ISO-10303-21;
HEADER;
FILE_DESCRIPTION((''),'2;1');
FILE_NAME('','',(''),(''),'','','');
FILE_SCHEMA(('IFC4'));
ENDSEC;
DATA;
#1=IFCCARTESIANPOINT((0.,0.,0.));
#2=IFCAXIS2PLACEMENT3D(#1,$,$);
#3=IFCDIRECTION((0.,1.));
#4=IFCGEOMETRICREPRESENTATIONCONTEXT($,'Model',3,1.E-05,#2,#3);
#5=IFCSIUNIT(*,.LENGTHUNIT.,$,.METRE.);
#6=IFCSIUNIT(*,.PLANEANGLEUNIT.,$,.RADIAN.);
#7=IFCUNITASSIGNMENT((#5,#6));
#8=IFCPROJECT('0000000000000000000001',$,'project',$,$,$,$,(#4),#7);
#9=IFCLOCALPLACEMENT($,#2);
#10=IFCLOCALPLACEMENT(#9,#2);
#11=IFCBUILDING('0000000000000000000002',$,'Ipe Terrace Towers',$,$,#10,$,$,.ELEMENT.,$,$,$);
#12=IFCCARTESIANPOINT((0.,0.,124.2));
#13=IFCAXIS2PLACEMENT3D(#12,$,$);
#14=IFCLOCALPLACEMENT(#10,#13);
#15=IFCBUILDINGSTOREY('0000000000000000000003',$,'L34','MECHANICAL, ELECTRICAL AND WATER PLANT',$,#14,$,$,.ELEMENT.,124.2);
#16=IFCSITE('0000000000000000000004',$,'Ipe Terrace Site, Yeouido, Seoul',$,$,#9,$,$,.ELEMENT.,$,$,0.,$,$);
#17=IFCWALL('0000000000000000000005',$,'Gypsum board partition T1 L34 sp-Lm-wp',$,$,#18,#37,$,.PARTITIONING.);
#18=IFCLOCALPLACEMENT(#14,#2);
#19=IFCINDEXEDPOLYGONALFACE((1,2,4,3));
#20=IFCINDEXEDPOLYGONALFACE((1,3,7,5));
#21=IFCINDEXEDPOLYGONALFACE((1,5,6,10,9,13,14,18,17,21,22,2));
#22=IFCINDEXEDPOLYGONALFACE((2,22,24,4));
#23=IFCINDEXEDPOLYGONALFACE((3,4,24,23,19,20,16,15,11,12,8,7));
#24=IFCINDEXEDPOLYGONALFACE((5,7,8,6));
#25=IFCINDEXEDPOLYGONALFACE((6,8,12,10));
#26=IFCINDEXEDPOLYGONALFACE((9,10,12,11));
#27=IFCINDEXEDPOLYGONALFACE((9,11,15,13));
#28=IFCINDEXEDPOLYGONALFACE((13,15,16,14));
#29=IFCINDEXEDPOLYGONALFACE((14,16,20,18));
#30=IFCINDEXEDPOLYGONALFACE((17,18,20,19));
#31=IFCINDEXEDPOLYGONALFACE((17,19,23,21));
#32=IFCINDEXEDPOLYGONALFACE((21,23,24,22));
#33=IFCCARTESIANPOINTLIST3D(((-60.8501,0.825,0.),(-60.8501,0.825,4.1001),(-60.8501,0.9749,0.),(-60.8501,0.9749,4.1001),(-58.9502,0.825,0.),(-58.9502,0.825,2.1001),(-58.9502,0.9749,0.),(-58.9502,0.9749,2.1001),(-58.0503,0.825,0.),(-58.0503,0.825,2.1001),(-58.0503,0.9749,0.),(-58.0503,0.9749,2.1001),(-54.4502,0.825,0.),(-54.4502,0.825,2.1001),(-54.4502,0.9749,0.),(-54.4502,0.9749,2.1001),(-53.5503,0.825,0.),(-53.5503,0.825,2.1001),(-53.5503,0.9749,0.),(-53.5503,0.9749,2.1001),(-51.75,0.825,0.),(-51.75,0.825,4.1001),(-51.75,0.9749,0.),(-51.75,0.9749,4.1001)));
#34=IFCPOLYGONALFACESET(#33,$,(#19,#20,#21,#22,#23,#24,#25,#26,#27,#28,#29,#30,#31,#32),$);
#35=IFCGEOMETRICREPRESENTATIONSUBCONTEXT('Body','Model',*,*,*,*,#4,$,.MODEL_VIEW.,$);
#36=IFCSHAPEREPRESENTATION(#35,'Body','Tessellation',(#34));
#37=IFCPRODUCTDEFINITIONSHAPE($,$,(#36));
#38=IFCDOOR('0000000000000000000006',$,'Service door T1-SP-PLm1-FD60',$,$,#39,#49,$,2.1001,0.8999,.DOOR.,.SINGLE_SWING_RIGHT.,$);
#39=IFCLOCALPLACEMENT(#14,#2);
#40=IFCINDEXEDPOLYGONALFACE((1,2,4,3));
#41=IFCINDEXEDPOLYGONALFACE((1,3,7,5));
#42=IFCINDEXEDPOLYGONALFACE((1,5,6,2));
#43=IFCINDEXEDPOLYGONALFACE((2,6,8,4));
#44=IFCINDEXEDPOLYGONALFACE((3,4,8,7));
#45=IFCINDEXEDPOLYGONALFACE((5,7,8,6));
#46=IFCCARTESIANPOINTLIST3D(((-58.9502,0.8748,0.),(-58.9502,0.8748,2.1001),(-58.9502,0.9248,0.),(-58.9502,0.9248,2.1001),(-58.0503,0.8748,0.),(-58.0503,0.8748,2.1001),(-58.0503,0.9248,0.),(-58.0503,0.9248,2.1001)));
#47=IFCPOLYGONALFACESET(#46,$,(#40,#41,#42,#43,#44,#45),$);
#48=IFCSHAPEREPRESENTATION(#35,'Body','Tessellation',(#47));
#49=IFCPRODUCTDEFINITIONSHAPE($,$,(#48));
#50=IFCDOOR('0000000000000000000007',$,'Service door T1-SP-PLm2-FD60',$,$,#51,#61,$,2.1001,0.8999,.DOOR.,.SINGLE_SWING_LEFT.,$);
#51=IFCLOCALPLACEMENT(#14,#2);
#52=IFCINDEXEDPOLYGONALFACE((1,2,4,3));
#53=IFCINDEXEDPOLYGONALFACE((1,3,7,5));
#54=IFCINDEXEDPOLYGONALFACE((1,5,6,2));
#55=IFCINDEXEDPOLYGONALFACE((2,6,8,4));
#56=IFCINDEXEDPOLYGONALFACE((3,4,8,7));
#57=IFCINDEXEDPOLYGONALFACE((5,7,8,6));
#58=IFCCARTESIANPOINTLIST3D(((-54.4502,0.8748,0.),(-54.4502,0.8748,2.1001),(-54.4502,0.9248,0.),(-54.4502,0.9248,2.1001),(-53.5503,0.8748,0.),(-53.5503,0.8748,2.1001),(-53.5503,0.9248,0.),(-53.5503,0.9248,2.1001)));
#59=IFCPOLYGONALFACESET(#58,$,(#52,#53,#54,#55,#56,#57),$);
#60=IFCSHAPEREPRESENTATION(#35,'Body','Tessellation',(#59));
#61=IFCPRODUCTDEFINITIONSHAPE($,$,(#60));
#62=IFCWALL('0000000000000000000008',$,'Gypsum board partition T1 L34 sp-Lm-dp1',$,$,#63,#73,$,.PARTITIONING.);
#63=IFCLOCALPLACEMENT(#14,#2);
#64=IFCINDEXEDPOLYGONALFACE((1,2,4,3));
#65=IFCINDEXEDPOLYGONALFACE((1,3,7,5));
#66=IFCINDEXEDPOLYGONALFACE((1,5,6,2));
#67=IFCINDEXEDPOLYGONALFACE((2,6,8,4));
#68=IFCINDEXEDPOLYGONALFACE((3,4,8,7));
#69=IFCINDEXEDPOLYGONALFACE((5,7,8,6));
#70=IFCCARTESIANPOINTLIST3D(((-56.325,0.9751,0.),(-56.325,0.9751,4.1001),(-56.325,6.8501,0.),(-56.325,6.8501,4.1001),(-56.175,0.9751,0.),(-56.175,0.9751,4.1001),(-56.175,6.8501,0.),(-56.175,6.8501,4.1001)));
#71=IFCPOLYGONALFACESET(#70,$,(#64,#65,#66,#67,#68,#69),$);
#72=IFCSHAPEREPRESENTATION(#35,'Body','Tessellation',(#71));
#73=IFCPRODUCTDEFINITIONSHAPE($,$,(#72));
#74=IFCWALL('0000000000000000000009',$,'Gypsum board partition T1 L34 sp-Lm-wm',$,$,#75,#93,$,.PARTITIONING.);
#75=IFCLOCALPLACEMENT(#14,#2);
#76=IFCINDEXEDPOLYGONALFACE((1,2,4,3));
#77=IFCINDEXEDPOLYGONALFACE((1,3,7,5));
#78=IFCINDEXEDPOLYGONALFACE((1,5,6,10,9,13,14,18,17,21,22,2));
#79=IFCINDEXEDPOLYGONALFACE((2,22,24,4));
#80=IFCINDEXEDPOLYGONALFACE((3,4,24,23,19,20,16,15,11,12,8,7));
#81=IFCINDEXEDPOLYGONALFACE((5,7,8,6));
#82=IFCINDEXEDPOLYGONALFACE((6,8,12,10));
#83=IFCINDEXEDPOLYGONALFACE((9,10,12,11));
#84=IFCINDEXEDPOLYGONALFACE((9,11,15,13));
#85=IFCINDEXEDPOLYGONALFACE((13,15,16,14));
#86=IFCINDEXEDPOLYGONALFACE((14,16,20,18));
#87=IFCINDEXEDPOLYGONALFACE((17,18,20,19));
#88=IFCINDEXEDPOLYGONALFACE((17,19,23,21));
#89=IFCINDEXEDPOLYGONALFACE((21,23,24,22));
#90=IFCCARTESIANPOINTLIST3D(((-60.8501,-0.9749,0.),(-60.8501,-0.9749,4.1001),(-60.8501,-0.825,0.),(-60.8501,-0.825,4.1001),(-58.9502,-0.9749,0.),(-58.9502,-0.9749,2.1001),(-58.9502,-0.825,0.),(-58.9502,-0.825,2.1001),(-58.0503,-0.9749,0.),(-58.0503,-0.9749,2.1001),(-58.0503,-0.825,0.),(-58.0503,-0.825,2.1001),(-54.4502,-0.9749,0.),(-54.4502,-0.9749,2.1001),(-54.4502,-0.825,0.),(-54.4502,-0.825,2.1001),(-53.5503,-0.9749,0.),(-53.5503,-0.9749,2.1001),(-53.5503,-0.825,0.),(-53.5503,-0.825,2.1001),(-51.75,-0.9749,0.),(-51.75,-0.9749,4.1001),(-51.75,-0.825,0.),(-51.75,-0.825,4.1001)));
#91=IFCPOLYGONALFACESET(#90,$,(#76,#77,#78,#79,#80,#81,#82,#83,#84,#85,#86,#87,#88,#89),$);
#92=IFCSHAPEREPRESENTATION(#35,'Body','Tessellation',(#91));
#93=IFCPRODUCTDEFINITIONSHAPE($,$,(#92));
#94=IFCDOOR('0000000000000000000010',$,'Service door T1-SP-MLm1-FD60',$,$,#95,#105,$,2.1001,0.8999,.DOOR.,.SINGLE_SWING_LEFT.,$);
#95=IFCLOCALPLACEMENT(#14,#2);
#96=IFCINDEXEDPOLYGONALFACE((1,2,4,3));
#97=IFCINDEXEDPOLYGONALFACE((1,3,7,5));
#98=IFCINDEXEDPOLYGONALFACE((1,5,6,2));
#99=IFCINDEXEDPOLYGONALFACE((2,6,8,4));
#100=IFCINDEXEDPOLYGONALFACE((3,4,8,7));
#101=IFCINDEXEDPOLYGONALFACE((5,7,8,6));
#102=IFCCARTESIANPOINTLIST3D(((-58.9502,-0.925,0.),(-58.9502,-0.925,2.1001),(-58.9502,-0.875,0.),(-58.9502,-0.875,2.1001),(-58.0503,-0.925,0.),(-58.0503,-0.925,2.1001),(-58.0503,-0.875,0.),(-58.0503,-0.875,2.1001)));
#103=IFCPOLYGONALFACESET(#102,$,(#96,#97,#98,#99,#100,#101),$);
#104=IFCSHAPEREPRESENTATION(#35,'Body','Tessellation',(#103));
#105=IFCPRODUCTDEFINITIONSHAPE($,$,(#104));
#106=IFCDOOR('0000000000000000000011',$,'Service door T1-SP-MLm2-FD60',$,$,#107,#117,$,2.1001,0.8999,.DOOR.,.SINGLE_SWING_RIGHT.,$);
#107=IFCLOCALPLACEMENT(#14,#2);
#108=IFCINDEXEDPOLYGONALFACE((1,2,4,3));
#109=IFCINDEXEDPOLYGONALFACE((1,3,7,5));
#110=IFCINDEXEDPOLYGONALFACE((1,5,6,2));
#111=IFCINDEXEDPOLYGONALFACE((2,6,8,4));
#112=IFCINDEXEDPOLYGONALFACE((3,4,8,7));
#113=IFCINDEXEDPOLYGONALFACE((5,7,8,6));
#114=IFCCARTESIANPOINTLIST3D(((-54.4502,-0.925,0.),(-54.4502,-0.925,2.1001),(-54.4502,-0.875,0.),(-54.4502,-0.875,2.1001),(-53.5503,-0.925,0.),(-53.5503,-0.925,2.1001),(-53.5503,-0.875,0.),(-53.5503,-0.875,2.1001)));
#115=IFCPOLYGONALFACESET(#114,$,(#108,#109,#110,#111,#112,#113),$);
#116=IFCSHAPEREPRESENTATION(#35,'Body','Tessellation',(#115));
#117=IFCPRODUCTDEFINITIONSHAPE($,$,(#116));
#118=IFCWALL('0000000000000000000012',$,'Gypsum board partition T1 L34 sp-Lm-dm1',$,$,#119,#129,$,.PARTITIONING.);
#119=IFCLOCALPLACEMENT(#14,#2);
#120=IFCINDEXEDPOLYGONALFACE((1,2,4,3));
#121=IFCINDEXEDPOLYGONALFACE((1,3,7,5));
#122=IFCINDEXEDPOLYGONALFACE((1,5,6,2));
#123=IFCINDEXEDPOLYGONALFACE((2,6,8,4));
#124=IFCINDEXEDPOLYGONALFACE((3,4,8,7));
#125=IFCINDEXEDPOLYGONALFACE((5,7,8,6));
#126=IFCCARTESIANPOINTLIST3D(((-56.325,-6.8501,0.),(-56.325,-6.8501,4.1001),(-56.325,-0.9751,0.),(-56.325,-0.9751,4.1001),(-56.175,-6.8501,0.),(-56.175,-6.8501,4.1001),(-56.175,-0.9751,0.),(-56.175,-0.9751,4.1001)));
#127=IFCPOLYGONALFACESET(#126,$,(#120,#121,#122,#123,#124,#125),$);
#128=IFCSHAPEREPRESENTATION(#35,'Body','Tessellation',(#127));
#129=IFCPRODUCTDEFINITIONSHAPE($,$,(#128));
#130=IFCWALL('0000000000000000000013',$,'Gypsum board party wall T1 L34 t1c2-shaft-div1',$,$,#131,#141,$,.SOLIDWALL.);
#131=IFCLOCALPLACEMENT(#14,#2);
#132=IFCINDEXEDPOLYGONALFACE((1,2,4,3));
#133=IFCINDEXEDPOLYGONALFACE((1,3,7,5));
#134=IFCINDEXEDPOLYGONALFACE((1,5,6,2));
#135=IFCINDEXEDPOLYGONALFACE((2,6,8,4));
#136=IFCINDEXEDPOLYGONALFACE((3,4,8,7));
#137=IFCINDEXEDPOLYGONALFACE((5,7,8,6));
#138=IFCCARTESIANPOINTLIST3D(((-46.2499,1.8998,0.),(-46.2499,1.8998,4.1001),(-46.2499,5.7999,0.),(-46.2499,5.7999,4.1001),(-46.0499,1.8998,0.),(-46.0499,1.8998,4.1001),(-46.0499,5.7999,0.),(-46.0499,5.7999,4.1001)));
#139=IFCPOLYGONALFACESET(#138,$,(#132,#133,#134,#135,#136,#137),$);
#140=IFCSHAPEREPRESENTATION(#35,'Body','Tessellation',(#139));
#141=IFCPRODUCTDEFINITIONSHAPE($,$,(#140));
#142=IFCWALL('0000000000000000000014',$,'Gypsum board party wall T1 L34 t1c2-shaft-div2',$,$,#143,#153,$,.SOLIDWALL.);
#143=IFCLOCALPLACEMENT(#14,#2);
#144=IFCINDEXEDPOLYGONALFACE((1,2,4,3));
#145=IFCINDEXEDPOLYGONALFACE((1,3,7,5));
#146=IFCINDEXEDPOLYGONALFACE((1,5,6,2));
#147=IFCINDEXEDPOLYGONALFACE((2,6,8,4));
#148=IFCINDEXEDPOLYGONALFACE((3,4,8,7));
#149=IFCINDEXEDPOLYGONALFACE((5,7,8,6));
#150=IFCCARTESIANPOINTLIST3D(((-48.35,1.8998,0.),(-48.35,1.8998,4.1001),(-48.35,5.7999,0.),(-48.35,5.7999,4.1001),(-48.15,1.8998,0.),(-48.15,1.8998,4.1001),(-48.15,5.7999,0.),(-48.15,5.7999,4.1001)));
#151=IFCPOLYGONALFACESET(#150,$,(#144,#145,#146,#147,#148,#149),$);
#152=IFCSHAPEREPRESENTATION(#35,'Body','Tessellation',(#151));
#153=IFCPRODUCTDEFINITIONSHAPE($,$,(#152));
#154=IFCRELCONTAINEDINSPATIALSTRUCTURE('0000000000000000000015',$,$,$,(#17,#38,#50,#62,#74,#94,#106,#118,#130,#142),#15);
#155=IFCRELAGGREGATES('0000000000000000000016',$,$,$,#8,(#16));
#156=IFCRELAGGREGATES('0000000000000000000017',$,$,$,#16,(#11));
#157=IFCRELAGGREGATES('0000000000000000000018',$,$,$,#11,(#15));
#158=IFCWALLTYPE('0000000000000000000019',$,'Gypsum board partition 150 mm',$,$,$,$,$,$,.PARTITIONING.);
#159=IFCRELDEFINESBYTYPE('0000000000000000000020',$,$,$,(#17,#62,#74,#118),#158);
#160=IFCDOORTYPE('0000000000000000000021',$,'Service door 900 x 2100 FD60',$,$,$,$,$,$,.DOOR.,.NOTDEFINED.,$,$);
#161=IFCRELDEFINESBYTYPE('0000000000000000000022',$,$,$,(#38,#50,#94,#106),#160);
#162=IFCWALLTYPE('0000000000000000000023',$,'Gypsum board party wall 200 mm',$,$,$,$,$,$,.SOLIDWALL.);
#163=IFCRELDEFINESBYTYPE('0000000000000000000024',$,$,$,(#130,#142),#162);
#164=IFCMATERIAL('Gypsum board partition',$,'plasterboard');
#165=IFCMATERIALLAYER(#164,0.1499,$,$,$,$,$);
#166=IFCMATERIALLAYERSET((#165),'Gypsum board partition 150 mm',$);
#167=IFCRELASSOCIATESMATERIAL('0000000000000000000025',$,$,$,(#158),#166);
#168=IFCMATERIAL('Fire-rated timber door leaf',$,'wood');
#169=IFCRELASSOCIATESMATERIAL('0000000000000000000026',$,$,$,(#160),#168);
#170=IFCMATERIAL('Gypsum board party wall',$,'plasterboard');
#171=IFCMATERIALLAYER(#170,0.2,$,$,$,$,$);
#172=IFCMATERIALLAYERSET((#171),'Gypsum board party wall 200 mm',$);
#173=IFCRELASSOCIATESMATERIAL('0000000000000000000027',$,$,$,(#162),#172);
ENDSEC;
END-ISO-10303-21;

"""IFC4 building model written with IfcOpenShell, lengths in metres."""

from ifc_helpers import new_model, si_unit, direction, frame, frame_2d, origin, place, context, subcontext, project, spatial, rectangle, extrude, material, layer, layer_set, type_object, element, fill, save


model = new_model("IFC4")

# Units and contexts
model_context = context("Model", 3, precision=1e-05, world=origin(), true_north=direction((0.0, 1.0)))
body_context = subcontext(model_context, "Body", "Model", "MODEL_VIEW")
ifc_project = project(units=[si_unit("LENGTHUNIT", "METRE"), si_unit("PLANEANGLEUNIT", "RADIAN")], contexts=[model_context])

# Site, building, storey
site_placement = place(None, origin())
site = spatial("IfcSite", under=ifc_project, at=site_placement, Name="Ipe Terrace Site, Yeouido, Seoul", CompositionType="ELEMENT", RefElevation=0.0)
building_placement = place(site_placement, origin())
building = spatial("IfcBuilding", under=site, at=building_placement, Name="Ipe Terrace Towers", CompositionType="ELEMENT")
storey_placement = place(building_placement, frame((0.0, 0.0, 124.2)))
storey = spatial("IfcBuildingStorey", under=building, at=storey_placement, Name="L34", Description="MECHANICAL, ELECTRICAL AND WATER PLANT", CompositionType="ELEMENT", Elevation=124.2)

# Shared definitions
ifc_material_1 = material(Name="Gypsum board partition", Category="plasterboard")
ifc_layer_1 = layer(ifc_material_1, 0.1499)
ifc_layer_set_1 = layer_set([ifc_layer_1], Name="Gypsum board partition 150 mm")
wall_type_1 = type_object("IfcWallType", Name="Gypsum board partition 150 mm", PredefinedType="PARTITIONING", material=ifc_layer_set_1)

# Wall, openings, doors
wall_1_placement = place(storey_placement, frame((-60.8501, 0.8999, 0.0), z_axis=(0.0, 0.0, 1.0), x_axis=(1.0, 0.0, 0.0)))
wall_1 = element("IfcWall", 1, at=wall_1_placement, inside=storey, type_object=wall_type_1, Name="Gypsum board partition T1 L34 sp-Lm-wp", PredefinedType="PARTITIONING", context=body_context, shape_type="SweptSolid", body=[
    extrude(rectangle(XDim=9.1001, YDim=0.1499, at=frame_2d((4.55, 0.0))), origin(), (0.0, 0.0, 1.0), 4.1001),
])
opening_1_placement = place(wall_1_placement, frame((1.8999, 0.0, 0.0)))
opening_1 = element("IfcOpeningElement", 2, at=opening_1_placement, cuts=wall_1, PredefinedType="OPENING", context=body_context, shape_type="SweptSolid", body=[
    extrude(rectangle(XDim=0.8999, YDim=2.1001, at=frame_2d((0.45, 1.05))), frame((0.0, 0.085, 0.0), z_axis=(0.0, -1.0, 0.0), x_axis=(1.0, 0.0, 0.0)), (0.0, 0.0, 1.0), 0.1699),
])
opening_2_placement = place(wall_1_placement, frame((6.3999, 0.0, 0.0)))
opening_2 = element("IfcOpeningElement", 3, at=opening_2_placement, cuts=wall_1, PredefinedType="OPENING", context=body_context, shape_type="SweptSolid", body=[
    extrude(rectangle(XDim=0.8999, YDim=2.1001, at=frame_2d((0.45, 1.05))), frame((0.0, 0.085, 0.0), z_axis=(0.0, -1.0, 0.0), x_axis=(1.0, 0.0, 0.0)), (0.0, 0.0, 1.0), 0.1699),
])
ifc_material_2 = material(Name="Fire-rated timber door leaf", Category="wood")
door_type_1 = type_object("IfcDoorType", Name="Service door 900 x 2100 FD60", OperationType="NOTDEFINED", PredefinedType="DOOR", material=ifc_material_2)
door_1_placement = place(opening_1_placement, origin())
door_1 = element("IfcDoor", 4, at=door_1_placement, inside=storey, type_object=door_type_1, Name="Service door T1-SP-PLm1-FD60", OperationType="SINGLE_SWING_RIGHT", OverallHeight=2.1001, OverallWidth=0.8999, PredefinedType="DOOR", context=body_context, shape_type="SweptSolid", body=[
    extrude(rectangle(XDim=0.8999, YDim=2.1001, at=frame_2d((0.45, 1.05))), frame((0.0, 0.0249, 0.0), z_axis=(0.0, -1.0, 0.0), x_axis=(1.0, 0.0, 0.0)), (0.0, 0.0, 1.0), 0.05),
])
fill(opening_1, door_1)
door_2_placement = place(opening_2_placement, origin())
door_2 = element("IfcDoor", 5, at=door_2_placement, inside=storey, type_object=door_type_1, Name="Service door T1-SP-PLm2-FD60", OperationType="SINGLE_SWING_LEFT", OverallHeight=2.1001, OverallWidth=0.8999, PredefinedType="DOOR", context=body_context, shape_type="SweptSolid", body=[
    extrude(rectangle(XDim=0.8999, YDim=2.1001, at=frame_2d((0.45, 1.05))), frame((0.0, 0.0249, 0.0), z_axis=(0.0, -1.0, 0.0), x_axis=(1.0, 0.0, 0.0)), (0.0, 0.0, 1.0), 0.05),
])
fill(opening_2, door_2)

# Wall
wall_2_placement = place(storey_placement, frame((-56.25, 0.9751, 0.0), z_axis=(0.0, 0.0, 1.0), x_axis=(0.0, 1.0, 0.0)))
element("IfcWall", 6, at=wall_2_placement, inside=storey, type_object=wall_type_1, Name="Gypsum board partition T1 L34 sp-Lm-dp1", PredefinedType="PARTITIONING", context=body_context, shape_type="SweptSolid", body=[
    extrude(rectangle(XDim=5.875, YDim=0.1499, at=frame_2d((2.9375, 0.0))), origin(), (0.0, 0.0, 1.0), 4.1001),
])

# Wall, openings, doors
wall_3_placement = place(storey_placement, frame((-60.8501, -0.8999, 0.0), z_axis=(0.0, 0.0, 1.0), x_axis=(1.0, 0.0, 0.0)))
wall_3 = element("IfcWall", 7, at=wall_3_placement, inside=storey, type_object=wall_type_1, Name="Gypsum board partition T1 L34 sp-Lm-wm", PredefinedType="PARTITIONING", context=body_context, shape_type="SweptSolid", body=[
    extrude(rectangle(XDim=9.1001, YDim=0.1499, at=frame_2d((4.55, 0.0))), origin(), (0.0, 0.0, 1.0), 4.1001),
])
opening_3_placement = place(wall_3_placement, frame((1.8999, 0.0, 0.0)))
opening_3 = element("IfcOpeningElement", 8, at=opening_3_placement, cuts=wall_3, PredefinedType="OPENING", context=body_context, shape_type="SweptSolid", body=[
    extrude(rectangle(XDim=0.8999, YDim=2.1001, at=frame_2d((0.45, 1.05))), frame((0.0, 0.085, 0.0), z_axis=(0.0, -1.0, 0.0), x_axis=(1.0, 0.0, 0.0)), (0.0, 0.0, 1.0), 0.1699),
])
opening_4_placement = place(wall_3_placement, frame((6.3999, 0.0, 0.0)))
opening_4 = element("IfcOpeningElement", 9, at=opening_4_placement, cuts=wall_3, PredefinedType="OPENING", context=body_context, shape_type="SweptSolid", body=[
    extrude(rectangle(XDim=0.8999, YDim=2.1001, at=frame_2d((0.45, 1.05))), frame((0.0, 0.085, 0.0), z_axis=(0.0, -1.0, 0.0), x_axis=(1.0, 0.0, 0.0)), (0.0, 0.0, 1.0), 0.1699),
])
door_3_placement = place(opening_3_placement, origin())
door_3 = element("IfcDoor", 10, at=door_3_placement, inside=storey, type_object=door_type_1, Name="Service door T1-SP-MLm1-FD60", OperationType="SINGLE_SWING_LEFT", OverallHeight=2.1001, OverallWidth=0.8999, PredefinedType="DOOR", context=body_context, shape_type="SweptSolid", body=[
    extrude(rectangle(XDim=0.8999, YDim=2.1001, at=frame_2d((0.45, 1.05))), frame((0.0, 0.0249, 0.0), z_axis=(0.0, -1.0, 0.0), x_axis=(1.0, 0.0, 0.0)), (0.0, 0.0, 1.0), 0.05),
])
fill(opening_3, door_3)
door_4_placement = place(opening_4_placement, origin())
door_4 = element("IfcDoor", 11, at=door_4_placement, inside=storey, type_object=door_type_1, Name="Service door T1-SP-MLm2-FD60", OperationType="SINGLE_SWING_RIGHT", OverallHeight=2.1001, OverallWidth=0.8999, PredefinedType="DOOR", context=body_context, shape_type="SweptSolid", body=[
    extrude(rectangle(XDim=0.8999, YDim=2.1001, at=frame_2d((0.45, 1.05))), frame((0.0, 0.0249, 0.0), z_axis=(0.0, -1.0, 0.0), x_axis=(1.0, 0.0, 0.0)), (0.0, 0.0, 1.0), 0.05),
])
fill(opening_4, door_4)

# Walls
wall_4_placement = place(storey_placement, frame((-56.25, -0.9751, 0.0), z_axis=(0.0, 0.0, 1.0), x_axis=(0.0, -1.0, 0.0)))
element("IfcWall", 12, at=wall_4_placement, inside=storey, type_object=wall_type_1, Name="Gypsum board partition T1 L34 sp-Lm-dm1", PredefinedType="PARTITIONING", context=body_context, shape_type="SweptSolid", body=[
    extrude(rectangle(XDim=5.875, YDim=0.1499, at=frame_2d((2.9375, 0.0))), origin(), (0.0, 0.0, 1.0), 4.1001),
])
ifc_material_3 = material(Name="Gypsum board party wall", Category="plasterboard")
ifc_layer_2 = layer(ifc_material_3, 0.2)
ifc_layer_set_2 = layer_set([ifc_layer_2], Name="Gypsum board party wall 200 mm")
wall_type_2 = type_object("IfcWallType", Name="Gypsum board party wall 200 mm", PredefinedType="SOLIDWALL", material=ifc_layer_set_2)
for number, where, z_axis, x_axis, name in (
    (13, (-46.1499, 5.8, 0.0), (0.0, 0.0, 1.0), (0.0, -1.0, 0.0), "Gypsum board party wall T1 L34 t1c2-shaft-div1"),
    (14, (-48.25, 5.8, 0.0), (0.0, 0.0, 1.0), (0.0, -1.0, 0.0), "Gypsum board party wall T1 L34 t1c2-shaft-div2"),
):
    element("IfcWall", number, at=place(storey_placement, frame(where, z_axis=z_axis, x_axis=x_axis)), inside=storey, type_object=wall_type_2, Name=name, PredefinedType="SOLIDWALL", context=body_context, shape_type="SweptSolid", body=[
        extrude(rectangle(XDim=3.9001, YDim=0.2, at=frame_2d((1.9502, 0.0))), origin(), (0.0, 0.0, 1.0), 4.1001),
    ])

save(model, "model.ifc")
